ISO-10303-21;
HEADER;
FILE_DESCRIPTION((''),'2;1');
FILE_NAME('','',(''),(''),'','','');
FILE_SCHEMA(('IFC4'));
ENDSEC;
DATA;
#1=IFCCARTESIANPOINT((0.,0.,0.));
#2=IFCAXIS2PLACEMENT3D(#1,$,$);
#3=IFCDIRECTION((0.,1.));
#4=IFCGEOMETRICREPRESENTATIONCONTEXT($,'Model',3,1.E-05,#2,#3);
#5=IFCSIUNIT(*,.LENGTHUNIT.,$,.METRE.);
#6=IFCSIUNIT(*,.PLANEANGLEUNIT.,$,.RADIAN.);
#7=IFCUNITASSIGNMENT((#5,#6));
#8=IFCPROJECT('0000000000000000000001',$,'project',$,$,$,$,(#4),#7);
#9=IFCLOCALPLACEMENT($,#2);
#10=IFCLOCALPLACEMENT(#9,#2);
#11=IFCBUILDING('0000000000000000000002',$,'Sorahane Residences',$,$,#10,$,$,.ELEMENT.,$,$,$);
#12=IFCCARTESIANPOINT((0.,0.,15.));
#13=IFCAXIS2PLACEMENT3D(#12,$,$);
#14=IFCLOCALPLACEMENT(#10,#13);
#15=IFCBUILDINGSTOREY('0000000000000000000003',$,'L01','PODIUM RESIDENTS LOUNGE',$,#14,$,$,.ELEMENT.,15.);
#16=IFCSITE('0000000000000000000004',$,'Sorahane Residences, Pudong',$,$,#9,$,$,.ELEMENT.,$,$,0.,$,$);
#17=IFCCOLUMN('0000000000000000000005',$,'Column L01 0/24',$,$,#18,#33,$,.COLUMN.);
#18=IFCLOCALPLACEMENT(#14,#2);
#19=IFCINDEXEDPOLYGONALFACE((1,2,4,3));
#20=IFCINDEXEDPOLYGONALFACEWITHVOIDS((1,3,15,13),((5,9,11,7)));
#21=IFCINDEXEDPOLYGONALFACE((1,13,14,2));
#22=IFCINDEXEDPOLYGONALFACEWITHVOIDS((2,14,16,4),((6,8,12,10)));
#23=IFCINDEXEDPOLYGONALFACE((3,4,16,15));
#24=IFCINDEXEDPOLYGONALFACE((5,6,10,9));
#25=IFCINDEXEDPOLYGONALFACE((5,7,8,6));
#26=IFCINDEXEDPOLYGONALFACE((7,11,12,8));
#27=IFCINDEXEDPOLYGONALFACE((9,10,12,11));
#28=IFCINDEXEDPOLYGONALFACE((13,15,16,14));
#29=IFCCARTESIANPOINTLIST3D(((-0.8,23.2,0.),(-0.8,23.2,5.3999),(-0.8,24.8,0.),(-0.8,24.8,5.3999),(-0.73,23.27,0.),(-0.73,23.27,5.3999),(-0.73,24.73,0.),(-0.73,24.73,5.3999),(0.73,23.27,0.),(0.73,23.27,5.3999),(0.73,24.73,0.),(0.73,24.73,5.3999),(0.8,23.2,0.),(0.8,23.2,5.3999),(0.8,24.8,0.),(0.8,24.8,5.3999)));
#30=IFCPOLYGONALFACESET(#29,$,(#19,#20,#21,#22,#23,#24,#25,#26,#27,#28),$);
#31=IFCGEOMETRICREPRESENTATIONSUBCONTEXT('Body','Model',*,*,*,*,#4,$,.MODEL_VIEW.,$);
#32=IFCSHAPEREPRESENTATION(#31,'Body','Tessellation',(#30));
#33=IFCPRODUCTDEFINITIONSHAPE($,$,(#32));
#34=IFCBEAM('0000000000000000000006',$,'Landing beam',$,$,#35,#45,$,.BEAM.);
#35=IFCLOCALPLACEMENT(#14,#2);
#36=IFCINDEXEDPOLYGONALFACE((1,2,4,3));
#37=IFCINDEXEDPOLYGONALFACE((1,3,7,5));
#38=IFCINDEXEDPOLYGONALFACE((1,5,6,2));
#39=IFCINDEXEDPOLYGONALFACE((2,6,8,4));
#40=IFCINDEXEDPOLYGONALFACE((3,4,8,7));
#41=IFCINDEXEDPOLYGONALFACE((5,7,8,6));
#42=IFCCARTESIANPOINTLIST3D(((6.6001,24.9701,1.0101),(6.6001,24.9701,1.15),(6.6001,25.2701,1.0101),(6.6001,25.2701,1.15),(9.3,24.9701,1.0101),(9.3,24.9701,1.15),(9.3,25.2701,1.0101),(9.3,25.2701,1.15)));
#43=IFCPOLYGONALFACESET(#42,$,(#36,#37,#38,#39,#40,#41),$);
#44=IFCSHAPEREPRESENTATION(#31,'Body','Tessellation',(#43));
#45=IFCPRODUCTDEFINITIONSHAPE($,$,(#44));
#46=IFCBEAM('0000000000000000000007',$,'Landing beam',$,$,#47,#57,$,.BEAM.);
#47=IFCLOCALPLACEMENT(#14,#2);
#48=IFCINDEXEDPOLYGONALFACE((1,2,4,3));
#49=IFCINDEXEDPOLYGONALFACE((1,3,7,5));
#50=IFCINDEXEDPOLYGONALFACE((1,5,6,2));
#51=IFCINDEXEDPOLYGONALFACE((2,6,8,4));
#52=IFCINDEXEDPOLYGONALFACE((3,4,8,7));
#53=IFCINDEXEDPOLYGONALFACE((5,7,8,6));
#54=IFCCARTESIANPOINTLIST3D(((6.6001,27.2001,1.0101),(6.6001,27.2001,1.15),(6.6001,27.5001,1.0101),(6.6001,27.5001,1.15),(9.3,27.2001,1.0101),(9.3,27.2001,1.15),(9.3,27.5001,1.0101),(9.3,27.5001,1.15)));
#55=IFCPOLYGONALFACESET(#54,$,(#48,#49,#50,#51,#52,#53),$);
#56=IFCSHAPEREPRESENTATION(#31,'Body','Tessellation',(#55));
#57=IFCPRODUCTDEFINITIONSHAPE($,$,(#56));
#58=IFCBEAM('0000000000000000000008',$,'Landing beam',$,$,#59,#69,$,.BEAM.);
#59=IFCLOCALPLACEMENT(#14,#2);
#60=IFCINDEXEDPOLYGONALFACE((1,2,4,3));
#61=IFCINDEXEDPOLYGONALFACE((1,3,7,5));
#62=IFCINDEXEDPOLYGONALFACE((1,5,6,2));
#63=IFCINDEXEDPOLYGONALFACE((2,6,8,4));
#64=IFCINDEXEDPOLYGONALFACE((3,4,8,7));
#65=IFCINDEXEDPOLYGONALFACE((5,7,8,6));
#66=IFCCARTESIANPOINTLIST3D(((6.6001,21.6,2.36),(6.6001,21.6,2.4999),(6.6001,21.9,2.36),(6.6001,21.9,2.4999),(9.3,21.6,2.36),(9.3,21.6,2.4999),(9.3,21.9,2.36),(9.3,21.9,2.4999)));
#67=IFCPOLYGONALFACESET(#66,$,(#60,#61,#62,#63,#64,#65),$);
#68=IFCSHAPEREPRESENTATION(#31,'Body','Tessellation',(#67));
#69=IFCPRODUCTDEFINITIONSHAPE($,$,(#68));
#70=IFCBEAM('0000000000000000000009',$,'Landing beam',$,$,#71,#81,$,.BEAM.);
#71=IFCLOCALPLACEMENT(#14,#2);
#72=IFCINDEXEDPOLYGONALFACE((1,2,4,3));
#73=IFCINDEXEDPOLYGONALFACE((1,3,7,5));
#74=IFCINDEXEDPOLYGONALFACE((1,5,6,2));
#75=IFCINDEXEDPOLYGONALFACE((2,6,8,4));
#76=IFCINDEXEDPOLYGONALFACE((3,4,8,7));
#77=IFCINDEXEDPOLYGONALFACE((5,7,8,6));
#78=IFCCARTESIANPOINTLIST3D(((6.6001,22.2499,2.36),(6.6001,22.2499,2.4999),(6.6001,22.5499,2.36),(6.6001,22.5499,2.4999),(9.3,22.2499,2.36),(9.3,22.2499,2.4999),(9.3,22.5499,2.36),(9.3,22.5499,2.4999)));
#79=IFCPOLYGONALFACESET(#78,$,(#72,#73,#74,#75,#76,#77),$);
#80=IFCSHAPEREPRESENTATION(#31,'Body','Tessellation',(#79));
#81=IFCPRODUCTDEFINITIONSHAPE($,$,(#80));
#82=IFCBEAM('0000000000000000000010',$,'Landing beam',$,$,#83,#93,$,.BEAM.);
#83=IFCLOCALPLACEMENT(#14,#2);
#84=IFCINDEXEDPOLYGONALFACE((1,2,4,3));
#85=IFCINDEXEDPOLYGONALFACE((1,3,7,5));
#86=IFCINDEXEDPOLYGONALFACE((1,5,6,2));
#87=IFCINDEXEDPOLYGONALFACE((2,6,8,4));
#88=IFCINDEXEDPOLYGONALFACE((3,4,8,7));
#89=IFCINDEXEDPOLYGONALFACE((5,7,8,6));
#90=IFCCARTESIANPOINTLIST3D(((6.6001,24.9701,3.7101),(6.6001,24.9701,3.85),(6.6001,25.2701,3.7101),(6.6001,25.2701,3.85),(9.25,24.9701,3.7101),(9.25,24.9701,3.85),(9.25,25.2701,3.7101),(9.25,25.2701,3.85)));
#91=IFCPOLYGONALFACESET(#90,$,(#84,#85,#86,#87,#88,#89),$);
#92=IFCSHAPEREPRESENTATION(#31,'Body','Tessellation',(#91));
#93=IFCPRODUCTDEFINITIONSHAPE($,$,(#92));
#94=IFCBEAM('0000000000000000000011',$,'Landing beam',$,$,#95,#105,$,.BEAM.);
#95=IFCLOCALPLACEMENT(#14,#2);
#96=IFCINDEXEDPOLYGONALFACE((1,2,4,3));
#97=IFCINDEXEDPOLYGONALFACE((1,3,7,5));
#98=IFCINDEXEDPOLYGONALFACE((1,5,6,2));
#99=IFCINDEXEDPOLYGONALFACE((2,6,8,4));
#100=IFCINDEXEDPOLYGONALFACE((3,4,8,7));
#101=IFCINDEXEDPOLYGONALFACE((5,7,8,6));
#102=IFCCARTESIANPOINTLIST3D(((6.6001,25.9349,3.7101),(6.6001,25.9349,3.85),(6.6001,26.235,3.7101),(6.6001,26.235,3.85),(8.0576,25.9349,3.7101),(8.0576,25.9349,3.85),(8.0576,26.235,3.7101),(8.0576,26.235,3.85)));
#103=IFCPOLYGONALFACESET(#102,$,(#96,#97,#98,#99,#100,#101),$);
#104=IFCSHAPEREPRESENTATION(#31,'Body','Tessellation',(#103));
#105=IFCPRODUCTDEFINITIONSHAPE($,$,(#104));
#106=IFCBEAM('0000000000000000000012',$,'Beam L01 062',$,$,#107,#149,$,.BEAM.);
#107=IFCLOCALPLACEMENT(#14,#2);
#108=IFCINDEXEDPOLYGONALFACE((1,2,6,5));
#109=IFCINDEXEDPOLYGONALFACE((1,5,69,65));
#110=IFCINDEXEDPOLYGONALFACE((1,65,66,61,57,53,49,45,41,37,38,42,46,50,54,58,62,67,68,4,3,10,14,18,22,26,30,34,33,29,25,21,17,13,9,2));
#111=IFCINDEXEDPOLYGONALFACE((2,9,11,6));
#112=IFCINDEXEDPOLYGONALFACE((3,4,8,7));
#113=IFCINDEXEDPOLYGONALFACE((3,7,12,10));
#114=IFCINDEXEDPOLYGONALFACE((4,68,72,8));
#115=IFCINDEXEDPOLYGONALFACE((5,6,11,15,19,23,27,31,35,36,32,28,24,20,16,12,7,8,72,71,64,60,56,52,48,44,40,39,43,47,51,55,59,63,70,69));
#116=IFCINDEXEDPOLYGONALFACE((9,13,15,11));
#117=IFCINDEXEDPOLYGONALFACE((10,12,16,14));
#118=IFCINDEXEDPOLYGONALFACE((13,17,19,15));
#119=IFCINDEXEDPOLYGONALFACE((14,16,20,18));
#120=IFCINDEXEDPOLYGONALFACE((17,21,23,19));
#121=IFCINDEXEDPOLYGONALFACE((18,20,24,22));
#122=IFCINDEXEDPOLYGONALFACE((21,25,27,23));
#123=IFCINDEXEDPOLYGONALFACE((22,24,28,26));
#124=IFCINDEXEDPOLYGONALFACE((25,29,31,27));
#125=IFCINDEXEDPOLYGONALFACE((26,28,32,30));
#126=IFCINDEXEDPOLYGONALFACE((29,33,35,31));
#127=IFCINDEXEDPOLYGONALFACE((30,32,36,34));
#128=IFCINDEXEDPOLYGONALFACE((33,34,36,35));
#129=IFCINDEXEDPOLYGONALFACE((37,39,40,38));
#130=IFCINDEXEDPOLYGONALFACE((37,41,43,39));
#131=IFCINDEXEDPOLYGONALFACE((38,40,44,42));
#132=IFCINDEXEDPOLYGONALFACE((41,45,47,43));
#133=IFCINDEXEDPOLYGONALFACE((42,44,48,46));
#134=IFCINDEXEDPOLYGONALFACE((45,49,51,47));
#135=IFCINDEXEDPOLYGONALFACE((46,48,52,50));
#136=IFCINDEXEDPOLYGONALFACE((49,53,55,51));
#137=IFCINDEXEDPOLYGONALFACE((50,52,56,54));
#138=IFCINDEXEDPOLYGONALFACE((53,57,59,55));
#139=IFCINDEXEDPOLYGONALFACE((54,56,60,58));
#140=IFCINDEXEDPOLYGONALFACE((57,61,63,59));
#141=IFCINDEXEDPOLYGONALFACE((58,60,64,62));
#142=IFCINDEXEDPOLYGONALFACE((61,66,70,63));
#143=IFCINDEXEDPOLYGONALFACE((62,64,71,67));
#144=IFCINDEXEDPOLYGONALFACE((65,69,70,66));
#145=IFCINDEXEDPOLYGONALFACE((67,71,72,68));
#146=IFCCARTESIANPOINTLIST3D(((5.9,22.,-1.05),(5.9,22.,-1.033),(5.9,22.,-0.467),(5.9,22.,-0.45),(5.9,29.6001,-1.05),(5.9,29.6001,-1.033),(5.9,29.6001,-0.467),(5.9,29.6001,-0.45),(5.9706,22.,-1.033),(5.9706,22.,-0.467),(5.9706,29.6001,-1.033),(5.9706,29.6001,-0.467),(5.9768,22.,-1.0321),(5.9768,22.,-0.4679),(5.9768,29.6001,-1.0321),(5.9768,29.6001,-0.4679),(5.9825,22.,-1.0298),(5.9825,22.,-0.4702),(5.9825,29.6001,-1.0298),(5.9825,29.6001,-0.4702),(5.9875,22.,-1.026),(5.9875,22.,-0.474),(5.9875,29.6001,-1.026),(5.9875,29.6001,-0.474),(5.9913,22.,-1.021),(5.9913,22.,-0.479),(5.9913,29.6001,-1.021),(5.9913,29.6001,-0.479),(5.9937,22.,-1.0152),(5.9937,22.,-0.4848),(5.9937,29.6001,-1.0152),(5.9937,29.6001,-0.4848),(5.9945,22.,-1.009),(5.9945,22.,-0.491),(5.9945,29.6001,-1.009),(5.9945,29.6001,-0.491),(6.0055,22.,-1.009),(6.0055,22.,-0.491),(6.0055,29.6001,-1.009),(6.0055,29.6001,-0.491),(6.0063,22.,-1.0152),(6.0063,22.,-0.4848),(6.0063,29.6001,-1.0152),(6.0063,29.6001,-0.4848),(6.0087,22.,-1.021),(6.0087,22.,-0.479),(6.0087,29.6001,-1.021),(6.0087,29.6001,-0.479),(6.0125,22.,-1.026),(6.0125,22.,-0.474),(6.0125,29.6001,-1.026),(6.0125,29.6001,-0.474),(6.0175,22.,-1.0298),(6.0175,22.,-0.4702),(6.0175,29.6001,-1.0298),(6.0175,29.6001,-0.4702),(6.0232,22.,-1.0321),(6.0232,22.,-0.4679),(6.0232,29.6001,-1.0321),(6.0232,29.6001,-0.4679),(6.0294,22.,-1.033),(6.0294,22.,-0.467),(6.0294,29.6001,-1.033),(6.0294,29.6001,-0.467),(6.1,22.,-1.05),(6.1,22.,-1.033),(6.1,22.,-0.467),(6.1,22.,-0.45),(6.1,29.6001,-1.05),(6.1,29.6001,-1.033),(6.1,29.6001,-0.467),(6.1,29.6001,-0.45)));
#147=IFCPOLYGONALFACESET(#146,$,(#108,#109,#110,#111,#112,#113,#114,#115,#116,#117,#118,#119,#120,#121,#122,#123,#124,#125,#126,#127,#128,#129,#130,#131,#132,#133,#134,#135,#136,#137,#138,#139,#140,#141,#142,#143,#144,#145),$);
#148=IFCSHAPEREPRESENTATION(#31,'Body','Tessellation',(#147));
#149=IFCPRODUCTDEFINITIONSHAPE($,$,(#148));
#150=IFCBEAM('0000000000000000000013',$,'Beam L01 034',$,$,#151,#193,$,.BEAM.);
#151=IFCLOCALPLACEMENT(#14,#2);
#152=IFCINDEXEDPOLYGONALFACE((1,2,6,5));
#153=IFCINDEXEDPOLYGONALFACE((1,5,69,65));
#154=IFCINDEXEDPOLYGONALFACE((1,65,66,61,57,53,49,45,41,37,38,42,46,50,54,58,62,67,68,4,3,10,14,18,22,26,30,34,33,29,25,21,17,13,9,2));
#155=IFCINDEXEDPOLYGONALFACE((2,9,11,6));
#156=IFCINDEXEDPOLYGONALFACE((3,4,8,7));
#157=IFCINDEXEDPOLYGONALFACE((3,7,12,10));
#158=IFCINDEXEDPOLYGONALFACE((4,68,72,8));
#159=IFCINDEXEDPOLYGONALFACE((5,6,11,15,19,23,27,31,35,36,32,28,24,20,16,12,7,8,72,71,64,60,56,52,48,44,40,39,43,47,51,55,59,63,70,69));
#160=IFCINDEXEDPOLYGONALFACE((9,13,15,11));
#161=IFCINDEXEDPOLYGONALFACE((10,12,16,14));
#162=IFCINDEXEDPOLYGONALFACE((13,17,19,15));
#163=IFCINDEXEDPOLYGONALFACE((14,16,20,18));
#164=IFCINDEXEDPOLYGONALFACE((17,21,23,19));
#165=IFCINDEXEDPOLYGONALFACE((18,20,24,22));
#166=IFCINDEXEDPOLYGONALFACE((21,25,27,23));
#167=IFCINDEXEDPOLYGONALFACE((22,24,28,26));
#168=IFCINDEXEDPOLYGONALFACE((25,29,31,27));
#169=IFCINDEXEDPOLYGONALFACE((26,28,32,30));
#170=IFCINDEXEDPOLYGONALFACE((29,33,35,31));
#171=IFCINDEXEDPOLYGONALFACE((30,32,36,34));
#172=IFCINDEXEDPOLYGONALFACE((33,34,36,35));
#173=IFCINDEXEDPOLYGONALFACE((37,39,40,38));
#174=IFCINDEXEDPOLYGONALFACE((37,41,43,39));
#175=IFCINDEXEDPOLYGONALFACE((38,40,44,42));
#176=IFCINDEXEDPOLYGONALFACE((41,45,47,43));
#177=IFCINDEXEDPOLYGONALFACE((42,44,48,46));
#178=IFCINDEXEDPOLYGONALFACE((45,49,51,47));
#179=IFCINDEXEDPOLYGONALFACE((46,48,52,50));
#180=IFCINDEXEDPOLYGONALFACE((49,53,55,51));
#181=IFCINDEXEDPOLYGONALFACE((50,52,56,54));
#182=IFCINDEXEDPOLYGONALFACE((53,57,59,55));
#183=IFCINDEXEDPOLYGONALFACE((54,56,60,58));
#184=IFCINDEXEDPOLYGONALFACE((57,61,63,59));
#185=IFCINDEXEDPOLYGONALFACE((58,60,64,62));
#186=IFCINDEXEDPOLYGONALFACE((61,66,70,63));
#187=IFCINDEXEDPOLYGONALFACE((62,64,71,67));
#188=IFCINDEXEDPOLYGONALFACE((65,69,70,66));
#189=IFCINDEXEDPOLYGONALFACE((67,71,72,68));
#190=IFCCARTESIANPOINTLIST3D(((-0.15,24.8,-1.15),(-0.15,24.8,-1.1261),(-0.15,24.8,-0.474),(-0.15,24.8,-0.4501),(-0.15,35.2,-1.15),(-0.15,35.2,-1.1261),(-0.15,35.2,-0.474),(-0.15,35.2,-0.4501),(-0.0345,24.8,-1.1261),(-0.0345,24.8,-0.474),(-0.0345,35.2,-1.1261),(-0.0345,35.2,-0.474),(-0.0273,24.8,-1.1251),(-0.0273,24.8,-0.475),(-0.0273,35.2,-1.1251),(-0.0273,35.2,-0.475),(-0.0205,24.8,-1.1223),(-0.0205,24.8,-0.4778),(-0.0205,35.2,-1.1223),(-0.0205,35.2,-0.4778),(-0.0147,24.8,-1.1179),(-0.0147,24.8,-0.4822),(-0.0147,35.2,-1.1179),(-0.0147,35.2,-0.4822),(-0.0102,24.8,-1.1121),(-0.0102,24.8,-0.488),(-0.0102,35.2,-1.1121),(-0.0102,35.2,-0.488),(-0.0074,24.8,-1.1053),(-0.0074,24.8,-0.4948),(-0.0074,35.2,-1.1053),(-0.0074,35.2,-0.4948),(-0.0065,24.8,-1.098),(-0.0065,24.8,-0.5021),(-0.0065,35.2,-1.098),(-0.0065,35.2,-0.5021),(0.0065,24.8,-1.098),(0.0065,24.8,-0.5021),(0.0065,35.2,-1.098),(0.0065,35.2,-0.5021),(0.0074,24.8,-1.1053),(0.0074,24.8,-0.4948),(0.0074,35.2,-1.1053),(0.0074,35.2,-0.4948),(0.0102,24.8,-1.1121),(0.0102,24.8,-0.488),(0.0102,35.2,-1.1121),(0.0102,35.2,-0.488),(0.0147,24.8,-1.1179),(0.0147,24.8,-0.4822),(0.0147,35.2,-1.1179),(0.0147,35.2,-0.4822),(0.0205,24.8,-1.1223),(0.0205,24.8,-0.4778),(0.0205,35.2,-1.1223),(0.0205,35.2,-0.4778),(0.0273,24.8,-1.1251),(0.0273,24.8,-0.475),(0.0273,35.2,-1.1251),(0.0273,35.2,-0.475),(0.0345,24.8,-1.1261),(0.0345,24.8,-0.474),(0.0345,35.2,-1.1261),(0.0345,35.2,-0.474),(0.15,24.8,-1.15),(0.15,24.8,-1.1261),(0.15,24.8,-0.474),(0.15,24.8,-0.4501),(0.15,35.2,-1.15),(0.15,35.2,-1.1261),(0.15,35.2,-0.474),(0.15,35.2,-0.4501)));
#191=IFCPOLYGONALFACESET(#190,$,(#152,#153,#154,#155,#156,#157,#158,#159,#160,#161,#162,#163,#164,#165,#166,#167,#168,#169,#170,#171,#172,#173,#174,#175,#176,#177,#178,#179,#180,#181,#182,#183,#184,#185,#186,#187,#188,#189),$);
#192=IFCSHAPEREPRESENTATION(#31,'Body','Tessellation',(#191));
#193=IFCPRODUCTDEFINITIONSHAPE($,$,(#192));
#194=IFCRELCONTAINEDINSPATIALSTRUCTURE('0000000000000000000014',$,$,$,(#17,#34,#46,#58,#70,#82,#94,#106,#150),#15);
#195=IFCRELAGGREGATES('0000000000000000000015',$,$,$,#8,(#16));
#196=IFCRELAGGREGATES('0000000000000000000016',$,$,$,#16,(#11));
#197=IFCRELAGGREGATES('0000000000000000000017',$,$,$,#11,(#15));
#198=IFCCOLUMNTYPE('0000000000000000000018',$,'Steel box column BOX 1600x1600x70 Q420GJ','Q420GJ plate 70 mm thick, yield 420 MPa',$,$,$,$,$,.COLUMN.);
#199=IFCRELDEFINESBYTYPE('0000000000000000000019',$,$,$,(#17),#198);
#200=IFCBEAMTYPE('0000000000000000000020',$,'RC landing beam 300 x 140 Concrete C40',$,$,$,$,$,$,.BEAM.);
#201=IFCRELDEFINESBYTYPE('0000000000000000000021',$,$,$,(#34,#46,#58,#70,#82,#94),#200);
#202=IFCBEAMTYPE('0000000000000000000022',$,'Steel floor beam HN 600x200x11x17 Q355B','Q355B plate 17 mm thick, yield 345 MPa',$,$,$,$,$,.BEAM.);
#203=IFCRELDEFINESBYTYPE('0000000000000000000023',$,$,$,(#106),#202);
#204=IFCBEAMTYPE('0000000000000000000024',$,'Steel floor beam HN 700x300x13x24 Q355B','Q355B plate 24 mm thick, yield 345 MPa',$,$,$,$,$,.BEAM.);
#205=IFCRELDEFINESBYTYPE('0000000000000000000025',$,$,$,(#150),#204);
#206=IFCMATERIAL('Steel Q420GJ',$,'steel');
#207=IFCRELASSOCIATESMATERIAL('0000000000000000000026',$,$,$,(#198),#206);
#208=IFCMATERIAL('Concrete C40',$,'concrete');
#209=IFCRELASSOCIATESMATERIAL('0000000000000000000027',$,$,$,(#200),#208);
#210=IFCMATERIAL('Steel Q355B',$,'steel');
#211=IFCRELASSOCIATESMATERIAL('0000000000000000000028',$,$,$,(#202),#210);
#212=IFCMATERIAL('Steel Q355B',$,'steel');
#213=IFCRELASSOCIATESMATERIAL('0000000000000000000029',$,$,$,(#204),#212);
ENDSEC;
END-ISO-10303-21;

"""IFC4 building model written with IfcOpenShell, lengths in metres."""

from ifc_helpers import new_model, si_unit, direction, frame, origin, origin_2d, place, context, subcontext, project, spatial, rectangle, hollow_rectangle, i_section, extrude, material, material_profile, profile_set, type_object, element, save


model = new_model("IFC4")

# Units and contexts
model_context = context("Model", 3, precision=1e-05, world=origin(), true_north=direction((0.0, 1.0)))
body_context = subcontext(model_context, "Body", "Model", "MODEL_VIEW")
ifc_project = project(units=[si_unit("LENGTHUNIT", "METRE"), si_unit("PLANEANGLEUNIT", "RADIAN")], contexts=[model_context])

# Site, building, storey
site_placement = place(None, origin())
site = spatial("IfcSite", under=ifc_project, at=site_placement, Name="Sorahane Residences, Pudong", CompositionType="ELEMENT", RefElevation=0.0)
building_placement = place(site_placement, origin())
building = spatial("IfcBuilding", under=site, at=building_placement, Name="Sorahane Residences", CompositionType="ELEMENT")
storey_placement = place(building_placement, frame((0.0, 0.0, 15.0)))
storey = spatial("IfcBuildingStorey", under=building, at=storey_placement, Name="L01", Description="PODIUM RESIDENTS LOUNGE", CompositionType="ELEMENT", Elevation=15.0)

# Column
ifc_material_1 = material(Name="Steel Q420GJ", Category="steel")
ifc_material_profile_1 = material_profile(ifc_material_1, hollow_rectangle(XDim=1.6001, YDim=1.6001, WallThickness=0.0701, at=origin_2d()), Name="BOX 1600x1600x70")
ifc_profile_set_1 = profile_set([ifc_material_profile_1], Name="Steel Q420GJ")
column_type = type_object("IfcColumnType", Name="Steel box column BOX 1600x1600x70 Q420GJ", Description="Q420GJ plate 70 mm thick, yield 420 MPa", PredefinedType="COLUMN", material=ifc_profile_set_1)
column_placement = place(storey_placement, frame((0.0, 24.0, 0.0), z_axis=(0.0, 0.0, 1.0), x_axis=(1.0, 0.0, 0.0)))
element("IfcColumn", 1, at=column_placement, inside=storey, type_object=column_type, Name="Column L01 0/24", PredefinedType="COLUMN", context=body_context, shape_type="SweptSolid", body=[
    extrude(hollow_rectangle(XDim=1.6001, YDim=1.6001, WallThickness=0.0701, at=origin_2d()), origin(), (0.0, 0.0, 1.0), 5.3999),
])

# Beams
ifc_material_2 = material(Name="Concrete C40", Category="concrete")
ifc_material_profile_2 = material_profile(ifc_material_2, rectangle(XDim=0.3, YDim=0.1399, at=origin_2d()), Name="300x140")
ifc_profile_set_2 = profile_set([ifc_material_profile_2], Name="Concrete C40")
beam_type_1 = type_object("IfcBeamType", Name="RC landing beam 300 x 140 Concrete C40", PredefinedType="BEAM", material=ifc_profile_set_2)
for number, where, z_axis, x_axis, name in (
    (2, (6.6001, 25.1201, 1.0801), (1.0, 0.0, 0.0), (0.0, 1.0, 0.0), "Landing beam"),
    (3, (6.6001, 27.3501, 1.0801), (1.0, 0.0, 0.0), (0.0, 1.0, 0.0), "Landing beam"),
    (4, (6.6001, 21.75, 2.4299), (1.0, 0.0, 0.0), (0.0, 1.0, 0.0), "Landing beam"),
    (5, (6.6001, 22.3999, 2.4299), (1.0, 0.0, 0.0), (0.0, 1.0, 0.0), "Landing beam"),
):
    element("IfcBeam", number, at=place(storey_placement, frame(where, z_axis=z_axis, x_axis=x_axis)), inside=storey, type_object=beam_type_1, Name=name, PredefinedType="BEAM", context=body_context, shape_type="SweptSolid", body=[
        extrude(rectangle(XDim=0.3, YDim=0.1399, at=origin_2d()), origin(), (0.0, 0.0, 1.0), 2.7),
    ])
beam_1_placement = place(storey_placement, frame((6.6001, 25.1201, 3.78), z_axis=(1.0, 0.0, 0.0), x_axis=(0.0, 1.0, 0.0)))
element("IfcBeam", 6, at=beam_1_placement, inside=storey, type_object=beam_type_1, Name="Landing beam", PredefinedType="BEAM", context=body_context, shape_type="SweptSolid", body=[
    extrude(rectangle(XDim=0.3, YDim=0.1399, at=origin_2d()), origin(), (0.0, 0.0, 1.0), 2.6499),
])
beam_2_placement = place(storey_placement, frame((6.6001, 26.085, 3.78), z_axis=(1.0, 0.0, 0.0), x_axis=(0.0, 1.0, 0.0)))
element("IfcBeam", 7, at=beam_2_placement, inside=storey, type_object=beam_type_1, Name="Landing beam", PredefinedType="BEAM", context=body_context, shape_type="SweptSolid", body=[
    extrude(rectangle(XDim=0.3, YDim=0.1399, at=origin_2d()), origin(), (0.0, 0.0, 1.0), 1.4575),
])
ifc_material_3 = material(Name="Steel Q355B", Category="steel")
ifc_material_profile_3 = material_profile(ifc_material_3, i_section(OverallWidth=0.2, OverallDepth=0.6001, WebThickness=0.011, FlangeThickness=0.0171, FilletRadius=0.0239, at=origin_2d()), Name="HN 600x200x11x17")
ifc_profile_set_3 = profile_set([ifc_material_profile_3], Name="Steel Q355B")
beam_type_2 = type_object("IfcBeamType", Name="Steel floor beam HN 600x200x11x17 Q355B", Description="Q355B plate 17 mm thick, yield 345 MPa", PredefinedType="BEAM", material=ifc_profile_set_3)
beam_3_placement = place(storey_placement, frame((6.0, 22.0, -0.75), z_axis=(0.0, 1.0, 0.0), x_axis=(-1.0, 0.0, 0.0)))
element("IfcBeam", 8, at=beam_3_placement, inside=storey, type_object=beam_type_2, Name="Beam L01 062", PredefinedType="BEAM", context=body_context, shape_type="SweptSolid", body=[
    extrude(i_section(OverallWidth=0.2, OverallDepth=0.6001, WebThickness=0.011, FlangeThickness=0.0171, FilletRadius=0.0239, at=origin_2d()), origin(), (0.0, 0.0, 1.0), 7.6001),
])
ifc_material_4 = material(Name="Steel Q355B", Category="steel")
ifc_material_profile_4 = material_profile(ifc_material_4, i_section(OverallWidth=0.3, OverallDepth=0.7, WebThickness=0.0129, FlangeThickness=0.0239, FilletRadius=0.0281, at=origin_2d()), Name="HN 700x300x13x24")
ifc_profile_set_4 = profile_set([ifc_material_profile_4], Name="Steel Q355B")
beam_type_3 = type_object("IfcBeamType", Name="Steel floor beam HN 700x300x13x24 Q355B", Description="Q355B plate 24 mm thick, yield 345 MPa", PredefinedType="BEAM", material=ifc_profile_set_4)
beam_4_placement = place(storey_placement, frame((0.0, 24.8, -0.8), z_axis=(0.0, 1.0, 0.0), x_axis=(-1.0, 0.0, 0.0)))
element("IfcBeam", 9, at=beam_4_placement, inside=storey, type_object=beam_type_3, Name="Beam L01 034", PredefinedType="BEAM", context=body_context, shape_type="SweptSolid", body=[
    extrude(i_section(OverallWidth=0.3, OverallDepth=0.7, WebThickness=0.0129, FlangeThickness=0.0239, FilletRadius=0.0281, at=origin_2d()), origin(), (0.0, 0.0, 1.0), 10.3999),
])

save(model, "model.ifc")
